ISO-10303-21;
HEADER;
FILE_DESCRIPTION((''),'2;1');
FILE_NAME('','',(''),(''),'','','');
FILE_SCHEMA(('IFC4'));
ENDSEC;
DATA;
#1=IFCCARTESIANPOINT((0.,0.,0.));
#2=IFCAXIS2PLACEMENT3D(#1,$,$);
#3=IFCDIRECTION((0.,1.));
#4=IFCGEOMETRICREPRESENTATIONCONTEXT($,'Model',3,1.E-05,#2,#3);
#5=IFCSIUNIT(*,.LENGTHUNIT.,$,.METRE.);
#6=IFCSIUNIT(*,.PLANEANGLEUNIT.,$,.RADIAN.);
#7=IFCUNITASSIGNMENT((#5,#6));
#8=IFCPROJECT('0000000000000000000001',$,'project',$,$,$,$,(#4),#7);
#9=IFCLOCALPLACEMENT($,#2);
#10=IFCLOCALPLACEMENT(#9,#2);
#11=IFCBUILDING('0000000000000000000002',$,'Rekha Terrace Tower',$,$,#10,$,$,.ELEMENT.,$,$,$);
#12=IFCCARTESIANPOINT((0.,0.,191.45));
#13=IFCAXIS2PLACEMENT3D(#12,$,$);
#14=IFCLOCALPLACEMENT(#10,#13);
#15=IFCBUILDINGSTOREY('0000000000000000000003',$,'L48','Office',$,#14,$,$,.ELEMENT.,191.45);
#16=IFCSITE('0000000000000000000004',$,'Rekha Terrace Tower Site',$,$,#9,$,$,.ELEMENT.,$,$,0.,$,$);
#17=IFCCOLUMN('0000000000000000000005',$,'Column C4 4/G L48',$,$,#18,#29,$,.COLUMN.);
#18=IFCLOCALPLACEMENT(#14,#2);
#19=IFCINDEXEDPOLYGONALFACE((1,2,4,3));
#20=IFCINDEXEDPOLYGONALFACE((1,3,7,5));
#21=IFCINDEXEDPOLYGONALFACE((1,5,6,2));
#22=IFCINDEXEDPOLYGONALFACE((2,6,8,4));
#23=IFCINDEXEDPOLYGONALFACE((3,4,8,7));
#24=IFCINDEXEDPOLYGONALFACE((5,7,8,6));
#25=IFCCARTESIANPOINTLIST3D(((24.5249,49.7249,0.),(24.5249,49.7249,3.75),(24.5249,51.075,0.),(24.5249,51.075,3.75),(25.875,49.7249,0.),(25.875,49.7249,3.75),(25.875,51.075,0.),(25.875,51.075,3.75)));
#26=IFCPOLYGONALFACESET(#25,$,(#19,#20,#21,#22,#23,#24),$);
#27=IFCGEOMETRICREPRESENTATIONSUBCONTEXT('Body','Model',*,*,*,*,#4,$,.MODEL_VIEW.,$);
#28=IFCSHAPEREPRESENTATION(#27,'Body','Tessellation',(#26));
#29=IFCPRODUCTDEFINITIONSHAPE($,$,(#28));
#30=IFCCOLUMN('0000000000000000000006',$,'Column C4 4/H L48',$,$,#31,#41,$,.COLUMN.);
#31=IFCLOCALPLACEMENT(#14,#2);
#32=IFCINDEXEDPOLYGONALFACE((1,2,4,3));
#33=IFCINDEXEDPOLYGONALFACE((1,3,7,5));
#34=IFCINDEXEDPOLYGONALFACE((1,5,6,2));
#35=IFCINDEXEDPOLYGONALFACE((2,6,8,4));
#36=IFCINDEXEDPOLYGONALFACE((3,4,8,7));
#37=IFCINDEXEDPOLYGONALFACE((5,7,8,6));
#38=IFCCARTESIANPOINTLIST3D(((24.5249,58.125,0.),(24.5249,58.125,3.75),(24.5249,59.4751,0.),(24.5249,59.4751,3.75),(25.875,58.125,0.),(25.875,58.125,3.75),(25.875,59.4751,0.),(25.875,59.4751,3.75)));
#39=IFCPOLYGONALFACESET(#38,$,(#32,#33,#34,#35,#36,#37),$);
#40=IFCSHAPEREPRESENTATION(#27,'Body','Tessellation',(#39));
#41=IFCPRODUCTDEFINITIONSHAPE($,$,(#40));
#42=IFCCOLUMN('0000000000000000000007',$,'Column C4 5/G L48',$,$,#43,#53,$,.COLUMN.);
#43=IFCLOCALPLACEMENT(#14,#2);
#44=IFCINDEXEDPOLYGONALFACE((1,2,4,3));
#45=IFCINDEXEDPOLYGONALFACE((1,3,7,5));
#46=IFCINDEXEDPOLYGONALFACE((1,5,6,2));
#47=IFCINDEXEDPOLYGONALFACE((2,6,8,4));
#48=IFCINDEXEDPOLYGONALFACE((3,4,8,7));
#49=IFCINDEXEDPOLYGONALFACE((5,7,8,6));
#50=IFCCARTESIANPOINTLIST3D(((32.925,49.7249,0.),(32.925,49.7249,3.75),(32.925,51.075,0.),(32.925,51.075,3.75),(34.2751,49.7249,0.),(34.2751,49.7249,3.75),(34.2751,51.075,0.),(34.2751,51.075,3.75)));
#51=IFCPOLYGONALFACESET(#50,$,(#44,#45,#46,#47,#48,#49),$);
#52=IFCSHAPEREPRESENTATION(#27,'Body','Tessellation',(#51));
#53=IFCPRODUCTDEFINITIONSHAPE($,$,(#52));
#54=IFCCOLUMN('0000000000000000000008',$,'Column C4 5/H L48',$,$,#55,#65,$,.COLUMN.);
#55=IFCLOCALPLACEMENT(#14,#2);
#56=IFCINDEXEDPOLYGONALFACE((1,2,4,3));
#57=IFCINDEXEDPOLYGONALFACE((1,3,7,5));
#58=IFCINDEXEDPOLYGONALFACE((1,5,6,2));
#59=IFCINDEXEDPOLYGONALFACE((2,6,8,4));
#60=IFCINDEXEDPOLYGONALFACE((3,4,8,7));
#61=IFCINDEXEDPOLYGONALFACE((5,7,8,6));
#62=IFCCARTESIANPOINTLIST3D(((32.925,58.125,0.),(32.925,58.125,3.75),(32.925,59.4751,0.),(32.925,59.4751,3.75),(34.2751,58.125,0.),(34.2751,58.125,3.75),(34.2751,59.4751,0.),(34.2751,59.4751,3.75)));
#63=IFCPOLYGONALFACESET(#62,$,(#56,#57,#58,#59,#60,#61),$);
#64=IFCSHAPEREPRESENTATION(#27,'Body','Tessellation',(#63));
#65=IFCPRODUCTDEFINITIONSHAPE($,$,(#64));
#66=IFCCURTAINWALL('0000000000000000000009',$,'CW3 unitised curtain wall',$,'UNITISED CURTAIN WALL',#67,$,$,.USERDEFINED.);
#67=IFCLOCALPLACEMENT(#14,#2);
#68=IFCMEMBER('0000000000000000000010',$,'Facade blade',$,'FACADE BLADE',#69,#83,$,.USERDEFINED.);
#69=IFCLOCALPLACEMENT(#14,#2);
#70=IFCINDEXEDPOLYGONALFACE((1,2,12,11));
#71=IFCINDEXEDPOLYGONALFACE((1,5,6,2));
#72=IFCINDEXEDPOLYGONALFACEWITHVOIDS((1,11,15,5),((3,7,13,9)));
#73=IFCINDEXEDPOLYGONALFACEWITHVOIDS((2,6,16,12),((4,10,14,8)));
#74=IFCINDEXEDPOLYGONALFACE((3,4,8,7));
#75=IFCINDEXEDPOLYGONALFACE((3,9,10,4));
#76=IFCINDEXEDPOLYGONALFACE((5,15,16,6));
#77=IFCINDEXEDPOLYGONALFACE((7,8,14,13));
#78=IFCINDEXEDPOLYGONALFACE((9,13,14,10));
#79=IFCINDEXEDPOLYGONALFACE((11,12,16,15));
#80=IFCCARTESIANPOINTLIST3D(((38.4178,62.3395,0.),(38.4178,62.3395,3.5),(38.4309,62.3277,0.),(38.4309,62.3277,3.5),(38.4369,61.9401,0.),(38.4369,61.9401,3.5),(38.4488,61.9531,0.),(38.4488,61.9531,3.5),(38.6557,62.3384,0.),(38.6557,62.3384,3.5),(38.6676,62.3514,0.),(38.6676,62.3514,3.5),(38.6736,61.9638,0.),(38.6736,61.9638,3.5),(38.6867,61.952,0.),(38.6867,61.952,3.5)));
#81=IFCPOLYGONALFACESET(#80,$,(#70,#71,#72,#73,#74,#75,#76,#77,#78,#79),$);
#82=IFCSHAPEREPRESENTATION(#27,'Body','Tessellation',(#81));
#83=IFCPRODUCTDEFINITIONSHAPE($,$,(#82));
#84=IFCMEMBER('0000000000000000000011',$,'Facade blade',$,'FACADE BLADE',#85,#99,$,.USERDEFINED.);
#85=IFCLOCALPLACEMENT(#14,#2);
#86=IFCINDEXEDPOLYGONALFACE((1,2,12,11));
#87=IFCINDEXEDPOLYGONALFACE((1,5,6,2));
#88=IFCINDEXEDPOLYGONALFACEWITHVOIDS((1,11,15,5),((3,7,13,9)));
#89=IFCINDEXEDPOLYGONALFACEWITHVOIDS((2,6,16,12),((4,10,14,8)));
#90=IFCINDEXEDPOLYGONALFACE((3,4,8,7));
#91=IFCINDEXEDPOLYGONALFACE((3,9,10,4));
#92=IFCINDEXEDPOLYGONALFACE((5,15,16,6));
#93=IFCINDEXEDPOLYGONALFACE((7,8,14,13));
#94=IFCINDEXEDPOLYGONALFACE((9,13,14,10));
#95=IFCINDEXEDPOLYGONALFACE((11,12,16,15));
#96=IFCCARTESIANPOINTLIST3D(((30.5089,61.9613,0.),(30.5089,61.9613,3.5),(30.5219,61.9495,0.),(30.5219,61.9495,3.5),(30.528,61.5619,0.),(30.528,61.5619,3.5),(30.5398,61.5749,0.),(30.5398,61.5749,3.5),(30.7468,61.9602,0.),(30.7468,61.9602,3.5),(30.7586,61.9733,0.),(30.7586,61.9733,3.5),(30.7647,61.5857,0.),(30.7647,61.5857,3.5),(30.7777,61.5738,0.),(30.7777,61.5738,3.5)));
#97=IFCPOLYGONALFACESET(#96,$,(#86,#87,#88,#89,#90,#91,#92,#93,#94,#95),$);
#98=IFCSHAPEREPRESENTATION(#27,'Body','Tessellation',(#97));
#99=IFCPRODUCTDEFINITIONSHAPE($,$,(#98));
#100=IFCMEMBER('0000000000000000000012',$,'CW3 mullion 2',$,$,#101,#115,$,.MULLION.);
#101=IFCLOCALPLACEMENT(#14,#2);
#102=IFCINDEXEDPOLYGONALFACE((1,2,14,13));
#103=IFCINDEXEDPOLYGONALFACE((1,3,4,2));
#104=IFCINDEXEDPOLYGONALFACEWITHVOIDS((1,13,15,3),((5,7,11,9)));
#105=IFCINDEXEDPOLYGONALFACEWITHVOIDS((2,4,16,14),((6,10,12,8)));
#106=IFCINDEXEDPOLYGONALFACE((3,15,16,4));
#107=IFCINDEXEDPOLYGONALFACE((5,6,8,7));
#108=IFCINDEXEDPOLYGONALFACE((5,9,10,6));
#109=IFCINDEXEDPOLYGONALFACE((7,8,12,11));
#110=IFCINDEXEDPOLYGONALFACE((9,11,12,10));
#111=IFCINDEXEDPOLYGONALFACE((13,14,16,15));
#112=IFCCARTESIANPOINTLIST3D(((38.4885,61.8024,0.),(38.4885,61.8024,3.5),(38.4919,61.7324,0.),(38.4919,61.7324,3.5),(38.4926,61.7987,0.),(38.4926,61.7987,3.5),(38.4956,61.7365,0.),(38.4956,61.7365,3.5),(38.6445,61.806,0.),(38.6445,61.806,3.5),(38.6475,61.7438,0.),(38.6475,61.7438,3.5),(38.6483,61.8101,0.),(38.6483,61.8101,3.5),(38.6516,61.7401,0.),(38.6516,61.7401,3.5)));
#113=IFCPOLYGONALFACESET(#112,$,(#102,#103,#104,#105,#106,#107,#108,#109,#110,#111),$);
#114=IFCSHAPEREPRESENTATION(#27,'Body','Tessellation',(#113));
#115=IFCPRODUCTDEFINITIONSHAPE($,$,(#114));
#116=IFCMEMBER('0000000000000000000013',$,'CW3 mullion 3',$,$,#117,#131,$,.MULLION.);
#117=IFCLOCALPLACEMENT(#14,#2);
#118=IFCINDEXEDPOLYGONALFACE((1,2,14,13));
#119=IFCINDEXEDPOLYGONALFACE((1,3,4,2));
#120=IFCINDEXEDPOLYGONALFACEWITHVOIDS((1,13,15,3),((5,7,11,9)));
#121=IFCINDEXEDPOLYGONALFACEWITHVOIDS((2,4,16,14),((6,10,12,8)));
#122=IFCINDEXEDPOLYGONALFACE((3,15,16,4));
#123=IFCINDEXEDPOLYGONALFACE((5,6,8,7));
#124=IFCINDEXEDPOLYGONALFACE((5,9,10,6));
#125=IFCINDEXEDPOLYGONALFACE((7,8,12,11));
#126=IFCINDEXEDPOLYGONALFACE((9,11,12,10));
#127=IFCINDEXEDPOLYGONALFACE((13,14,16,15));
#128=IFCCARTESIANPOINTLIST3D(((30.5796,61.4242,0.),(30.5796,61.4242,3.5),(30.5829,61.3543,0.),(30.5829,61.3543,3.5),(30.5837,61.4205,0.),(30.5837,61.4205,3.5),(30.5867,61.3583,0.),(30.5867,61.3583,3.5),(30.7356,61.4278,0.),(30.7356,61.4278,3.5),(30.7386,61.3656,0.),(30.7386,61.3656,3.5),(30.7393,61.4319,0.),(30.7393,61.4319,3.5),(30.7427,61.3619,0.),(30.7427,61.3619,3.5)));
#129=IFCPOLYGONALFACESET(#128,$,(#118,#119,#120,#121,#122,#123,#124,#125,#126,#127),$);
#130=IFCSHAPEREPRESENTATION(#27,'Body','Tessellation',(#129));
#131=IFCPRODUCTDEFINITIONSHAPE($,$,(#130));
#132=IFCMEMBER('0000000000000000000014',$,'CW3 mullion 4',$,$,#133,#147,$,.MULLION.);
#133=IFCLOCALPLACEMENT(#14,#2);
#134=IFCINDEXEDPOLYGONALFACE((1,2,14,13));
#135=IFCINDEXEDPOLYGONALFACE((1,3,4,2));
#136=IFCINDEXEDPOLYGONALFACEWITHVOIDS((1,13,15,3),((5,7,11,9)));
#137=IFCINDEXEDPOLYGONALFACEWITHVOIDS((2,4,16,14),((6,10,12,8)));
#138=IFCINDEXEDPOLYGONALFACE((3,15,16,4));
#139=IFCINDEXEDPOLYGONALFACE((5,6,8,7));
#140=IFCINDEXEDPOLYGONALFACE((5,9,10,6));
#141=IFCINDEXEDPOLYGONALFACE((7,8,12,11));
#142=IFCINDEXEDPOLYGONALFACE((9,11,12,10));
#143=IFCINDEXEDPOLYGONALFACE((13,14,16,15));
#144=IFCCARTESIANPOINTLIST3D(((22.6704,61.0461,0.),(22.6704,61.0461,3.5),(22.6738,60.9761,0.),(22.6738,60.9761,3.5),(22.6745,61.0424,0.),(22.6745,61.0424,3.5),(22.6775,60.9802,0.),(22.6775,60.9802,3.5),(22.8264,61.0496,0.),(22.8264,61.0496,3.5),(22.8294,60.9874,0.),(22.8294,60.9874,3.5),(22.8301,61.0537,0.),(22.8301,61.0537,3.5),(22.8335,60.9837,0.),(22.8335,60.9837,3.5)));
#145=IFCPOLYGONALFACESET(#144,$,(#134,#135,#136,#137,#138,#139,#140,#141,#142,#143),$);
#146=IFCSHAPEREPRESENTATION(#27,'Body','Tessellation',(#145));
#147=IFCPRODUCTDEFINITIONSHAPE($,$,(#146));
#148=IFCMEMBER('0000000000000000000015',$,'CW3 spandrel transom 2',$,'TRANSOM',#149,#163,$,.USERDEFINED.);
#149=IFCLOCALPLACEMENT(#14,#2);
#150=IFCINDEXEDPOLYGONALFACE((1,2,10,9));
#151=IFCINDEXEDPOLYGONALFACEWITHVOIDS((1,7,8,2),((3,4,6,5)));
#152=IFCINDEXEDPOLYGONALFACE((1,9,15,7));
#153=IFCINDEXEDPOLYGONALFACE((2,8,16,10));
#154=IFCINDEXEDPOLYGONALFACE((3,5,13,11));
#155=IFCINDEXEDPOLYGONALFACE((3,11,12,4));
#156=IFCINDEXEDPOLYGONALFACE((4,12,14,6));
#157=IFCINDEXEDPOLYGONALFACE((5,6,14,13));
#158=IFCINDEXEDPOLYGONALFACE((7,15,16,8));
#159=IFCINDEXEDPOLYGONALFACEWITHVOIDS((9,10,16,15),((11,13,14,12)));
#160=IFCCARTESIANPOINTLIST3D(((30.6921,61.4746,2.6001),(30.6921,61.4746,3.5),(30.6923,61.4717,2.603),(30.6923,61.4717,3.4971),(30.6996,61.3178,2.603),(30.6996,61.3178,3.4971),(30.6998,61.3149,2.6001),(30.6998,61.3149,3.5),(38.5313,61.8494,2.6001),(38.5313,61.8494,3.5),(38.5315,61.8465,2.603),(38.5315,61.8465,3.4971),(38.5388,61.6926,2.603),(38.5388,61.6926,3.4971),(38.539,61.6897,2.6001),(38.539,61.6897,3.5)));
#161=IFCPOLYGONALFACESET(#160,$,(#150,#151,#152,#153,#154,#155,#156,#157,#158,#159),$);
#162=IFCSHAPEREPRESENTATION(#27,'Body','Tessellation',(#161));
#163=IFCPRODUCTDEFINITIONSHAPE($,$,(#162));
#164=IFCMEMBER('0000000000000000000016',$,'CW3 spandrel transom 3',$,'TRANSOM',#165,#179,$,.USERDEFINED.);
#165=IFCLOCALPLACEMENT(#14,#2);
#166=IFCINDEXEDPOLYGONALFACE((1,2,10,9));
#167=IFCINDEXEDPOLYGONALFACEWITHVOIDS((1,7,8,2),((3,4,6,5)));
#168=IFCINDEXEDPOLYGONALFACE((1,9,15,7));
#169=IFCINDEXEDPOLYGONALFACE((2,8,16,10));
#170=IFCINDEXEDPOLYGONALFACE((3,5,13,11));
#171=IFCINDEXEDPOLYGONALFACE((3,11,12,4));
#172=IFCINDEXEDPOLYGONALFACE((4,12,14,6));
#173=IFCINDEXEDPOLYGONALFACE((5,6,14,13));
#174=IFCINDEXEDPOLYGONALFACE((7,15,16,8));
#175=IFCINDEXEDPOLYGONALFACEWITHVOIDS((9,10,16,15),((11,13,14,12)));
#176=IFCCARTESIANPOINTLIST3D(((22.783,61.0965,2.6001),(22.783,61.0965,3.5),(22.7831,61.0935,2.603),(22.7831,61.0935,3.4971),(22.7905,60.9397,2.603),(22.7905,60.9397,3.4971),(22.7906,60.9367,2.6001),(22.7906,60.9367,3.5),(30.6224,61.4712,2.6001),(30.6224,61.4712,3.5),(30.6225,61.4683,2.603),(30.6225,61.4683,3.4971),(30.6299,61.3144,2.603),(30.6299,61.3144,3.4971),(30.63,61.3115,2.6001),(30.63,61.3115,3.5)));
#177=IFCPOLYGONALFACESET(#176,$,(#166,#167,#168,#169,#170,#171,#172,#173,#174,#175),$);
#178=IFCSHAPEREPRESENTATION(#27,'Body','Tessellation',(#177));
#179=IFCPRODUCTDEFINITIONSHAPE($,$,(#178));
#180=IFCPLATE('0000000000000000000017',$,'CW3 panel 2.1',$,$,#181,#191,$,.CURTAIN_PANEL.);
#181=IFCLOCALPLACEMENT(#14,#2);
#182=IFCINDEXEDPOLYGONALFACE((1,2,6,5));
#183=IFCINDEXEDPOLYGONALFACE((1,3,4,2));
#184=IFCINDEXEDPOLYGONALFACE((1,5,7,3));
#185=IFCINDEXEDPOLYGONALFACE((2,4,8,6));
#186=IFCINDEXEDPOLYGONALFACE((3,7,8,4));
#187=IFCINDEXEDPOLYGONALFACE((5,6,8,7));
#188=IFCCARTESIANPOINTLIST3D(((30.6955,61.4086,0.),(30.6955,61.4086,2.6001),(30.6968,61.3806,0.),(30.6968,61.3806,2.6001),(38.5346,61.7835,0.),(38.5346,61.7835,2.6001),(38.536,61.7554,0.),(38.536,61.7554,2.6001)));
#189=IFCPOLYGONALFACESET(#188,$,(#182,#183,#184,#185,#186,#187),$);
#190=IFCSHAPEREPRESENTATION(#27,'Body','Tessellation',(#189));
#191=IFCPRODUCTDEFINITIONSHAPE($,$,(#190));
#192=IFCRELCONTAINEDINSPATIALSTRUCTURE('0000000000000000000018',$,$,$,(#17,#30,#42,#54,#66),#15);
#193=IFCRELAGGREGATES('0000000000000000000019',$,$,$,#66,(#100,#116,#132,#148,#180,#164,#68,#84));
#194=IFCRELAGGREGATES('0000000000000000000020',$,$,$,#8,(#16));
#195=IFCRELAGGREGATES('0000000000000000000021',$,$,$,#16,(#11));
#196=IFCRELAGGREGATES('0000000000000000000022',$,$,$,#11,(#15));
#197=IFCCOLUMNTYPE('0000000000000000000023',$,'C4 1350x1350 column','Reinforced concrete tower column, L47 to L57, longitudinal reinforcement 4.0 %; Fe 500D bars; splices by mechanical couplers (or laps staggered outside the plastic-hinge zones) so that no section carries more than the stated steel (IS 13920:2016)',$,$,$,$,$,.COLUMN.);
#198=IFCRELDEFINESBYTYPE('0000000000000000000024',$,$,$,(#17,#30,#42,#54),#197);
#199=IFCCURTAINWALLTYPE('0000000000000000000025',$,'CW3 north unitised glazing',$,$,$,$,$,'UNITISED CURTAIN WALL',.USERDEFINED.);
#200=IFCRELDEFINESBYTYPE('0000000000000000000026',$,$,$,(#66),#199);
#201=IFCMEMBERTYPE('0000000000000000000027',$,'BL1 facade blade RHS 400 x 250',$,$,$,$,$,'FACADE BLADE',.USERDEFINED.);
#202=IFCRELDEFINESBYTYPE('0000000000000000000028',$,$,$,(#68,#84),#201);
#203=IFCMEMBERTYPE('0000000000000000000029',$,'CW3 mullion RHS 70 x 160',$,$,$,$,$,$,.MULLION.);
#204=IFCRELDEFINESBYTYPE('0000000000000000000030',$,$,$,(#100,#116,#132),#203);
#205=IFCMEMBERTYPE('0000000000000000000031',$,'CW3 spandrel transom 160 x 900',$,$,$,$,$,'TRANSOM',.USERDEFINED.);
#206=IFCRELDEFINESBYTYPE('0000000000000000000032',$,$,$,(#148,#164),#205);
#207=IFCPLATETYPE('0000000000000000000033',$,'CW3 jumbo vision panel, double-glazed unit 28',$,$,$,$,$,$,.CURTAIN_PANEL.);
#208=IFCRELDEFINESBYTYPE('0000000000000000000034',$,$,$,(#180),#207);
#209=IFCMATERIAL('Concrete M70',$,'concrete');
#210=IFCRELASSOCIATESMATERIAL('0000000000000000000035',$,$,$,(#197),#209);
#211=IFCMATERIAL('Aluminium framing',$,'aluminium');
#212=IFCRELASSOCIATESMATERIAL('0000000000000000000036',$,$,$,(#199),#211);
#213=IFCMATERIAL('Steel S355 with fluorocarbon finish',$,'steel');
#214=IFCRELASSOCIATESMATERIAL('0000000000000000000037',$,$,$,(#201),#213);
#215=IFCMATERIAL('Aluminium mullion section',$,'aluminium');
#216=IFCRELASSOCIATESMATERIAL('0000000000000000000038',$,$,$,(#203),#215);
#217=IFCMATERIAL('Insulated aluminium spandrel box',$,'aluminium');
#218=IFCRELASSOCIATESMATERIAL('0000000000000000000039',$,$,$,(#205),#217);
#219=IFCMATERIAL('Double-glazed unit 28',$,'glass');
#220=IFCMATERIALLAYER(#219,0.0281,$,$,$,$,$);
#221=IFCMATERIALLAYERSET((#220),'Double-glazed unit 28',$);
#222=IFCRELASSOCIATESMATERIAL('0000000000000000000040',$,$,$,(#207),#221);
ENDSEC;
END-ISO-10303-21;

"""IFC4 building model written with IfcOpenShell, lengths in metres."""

from ifc_helpers import new_model, si_unit, direction, frame, origin, origin_2d, place, context, subcontext, project, spatial, rectangle, hollow_rectangle, extrude, material, layer, layer_set, material_profile, profile_set, type_object, element, aggregate, save


model = new_model("IFC4")

# Units and contexts
model_context = context("Model", 3, precision=1e-05, world=origin(), true_north=direction((0.0, 1.0)))
body_context = subcontext(model_context, "Body", "Model", "MODEL_VIEW")
ifc_project = project(units=[si_unit("LENGTHUNIT", "METRE"), si_unit("PLANEANGLEUNIT", "RADIAN")], contexts=[model_context])

# Site, building, storey
site_placement = place(None, origin())
site = spatial("IfcSite", under=ifc_project, at=site_placement, Name="Rekha Terrace Tower Site", CompositionType="ELEMENT", RefElevation=0.0)
building_placement = place(site_placement, origin())
building = spatial("IfcBuilding", under=site, at=building_placement, Name="Rekha Terrace Tower", CompositionType="ELEMENT")
storey_placement = place(building_placement, frame((0.0, 0.0, 191.45)))
storey = spatial("IfcBuildingStorey", under=building, at=storey_placement, Name="L48", Description="Office", CompositionType="ELEMENT", Elevation=191.45)

# Columns
ifc_material_1 = material(Name="Concrete M70", Category="concrete")
ifc_material_profile_1 = material_profile(ifc_material_1, rectangle(XDim=1.3501, YDim=1.3501, at=origin_2d()), Name="RC 1350x1350")
ifc_profile_set_1 = profile_set([ifc_material_profile_1], Name="Concrete M70")
column_type = type_object("IfcColumnType", Name="C4 1350x1350 column", Description="Reinforced concrete tower column, L47 to L57, longitudinal reinforcement 4.0 %; Fe 500D bars; splices by mechanical couplers (or laps staggered outside the plastic-hinge zones) so that no section carries more than the stated steel (IS 13920:2016)", PredefinedType="COLUMN", material=ifc_profile_set_1)
for number, where, z_axis, x_axis, name in (
    (1, (25.2, 50.3999, 0.0), (0.0, 0.0, 1.0), (1.0, 0.0, 0.0), "Column C4 4/G L48"),
    (2, (25.2, 58.8, 0.0), (0.0, 0.0, 1.0), (1.0, 0.0, 0.0), "Column C4 4/H L48"),
    (3, (33.6001, 50.3999, 0.0), (0.0, 0.0, 1.0), (1.0, 0.0, 0.0), "Column C4 5/G L48"),
    (4, (33.6001, 58.8, 0.0), (0.0, 0.0, 1.0), (1.0, 0.0, 0.0), "Column C4 5/H L48"),
):
    element("IfcColumn", number, at=place(storey_placement, frame(where, z_axis=z_axis, x_axis=x_axis)), inside=storey, type_object=column_type, Name=name, PredefinedType="COLUMN", context=body_context, shape_type="SweptSolid", body=[
        extrude(rectangle(XDim=1.3501, YDim=1.3501, at=origin_2d()), origin(), (0.0, 0.0, 1.0), 3.75),
    ])

# Curtain wall, members, plate
ifc_material_2 = material(Name="Aluminium framing", Category="aluminium")
curtain_wall_type = type_object("IfcCurtainWallType", Name="CW3 north unitised glazing", ElementType="UNITISED CURTAIN WALL", PredefinedType="USERDEFINED", material=ifc_material_2)
curtain_wall_placement = place(storey_placement, origin())
curtain_wall = element("IfcCurtainWall", 5, at=curtain_wall_placement, inside=storey, type_object=curtain_wall_type, Name="CW3 unitised curtain wall", ObjectType="UNITISED CURTAIN WALL", PredefinedType="USERDEFINED")
ifc_material_3 = material(Name="Steel S355 with fluorocarbon finish", Category="steel")
ifc_material_profile_2 = material_profile(ifc_material_3, hollow_rectangle(XDim=0.25, YDim=0.3999, WallThickness=0.0125, at=origin_2d()), Name="RHS400x250x12.5")
ifc_profile_set_2 = profile_set([ifc_material_profile_2], Name="Steel S355 with fluorocarbon finish")
member_type_1 = type_object("IfcMemberType", Name="BL1 facade blade RHS 400 x 250", ElementType="FACADE BLADE", PredefinedType="USERDEFINED", material=ifc_profile_set_2)
member_1_placement = place(storey_placement, frame((38.5522, 62.1458, 0.0), z_axis=(0.0, 0.0, 1.0), x_axis=(-0.998859, -0.047758, 0.0)))
member_1 = element("IfcMember", 6, at=member_1_placement, type_object=member_type_1, Name="Facade blade", ObjectType="FACADE BLADE", PredefinedType="USERDEFINED", context=body_context, shape_type="SweptSolid", body=[
    extrude(hollow_rectangle(XDim=0.25, YDim=0.3999, WallThickness=0.0125, at=origin_2d()), origin(), (0.0, 0.0, 1.0), 3.5),
])
member_2_placement = place(storey_placement, frame((30.6433, 61.7676, 0.0), z_axis=(0.0, 0.0, 1.0), x_axis=(-0.998859, -0.047758, 0.0)))
member_2 = element("IfcMember", 7, at=member_2_placement, type_object=member_type_1, Name="Facade blade", ObjectType="FACADE BLADE", PredefinedType="USERDEFINED", context=body_context, shape_type="SweptSolid", body=[
    extrude(hollow_rectangle(XDim=0.25, YDim=0.3999, WallThickness=0.0125, at=origin_2d()), origin(), (0.0, 0.0, 1.0), 3.5),
])
ifc_material_4 = material(Name="Aluminium mullion section", Category="aluminium")
ifc_material_profile_3 = material_profile(ifc_material_4, hollow_rectangle(XDim=0.0701, YDim=0.1599, WallThickness=0.0039, at=origin_2d()), Name="AL RHS 70x160")
ifc_profile_set_3 = profile_set([ifc_material_profile_3], Name="Aluminium mullion section")
member_type_2 = type_object("IfcMemberType", Name="CW3 mullion RHS 70 x 160", PredefinedType="MULLION", material=ifc_profile_set_3)
member_3_placement = place(storey_placement, frame((38.5701, 61.7712, 0.0), z_axis=(0.0, 0.0, 1.0), x_axis=(0.047759, -0.998859, 0.0)))
member_3 = element("IfcMember", 8, at=member_3_placement, type_object=member_type_2, Name="CW3 mullion 2", PredefinedType="MULLION", context=body_context, shape_type="SweptSolid", body=[
    extrude(hollow_rectangle(XDim=0.0701, YDim=0.1599, WallThickness=0.0039, at=origin_2d()), origin(), (0.0, 0.0, 1.0), 3.5),
])
member_4_placement = place(storey_placement, frame((30.6611, 61.3931, 0.0), z_axis=(0.0, 0.0, 1.0), x_axis=(0.047759, -0.998859, 0.0)))
member_4 = element("IfcMember", 9, at=member_4_placement, type_object=member_type_2, Name="CW3 mullion 3", PredefinedType="MULLION", context=body_context, shape_type="SweptSolid", body=[
    extrude(hollow_rectangle(XDim=0.0701, YDim=0.1599, WallThickness=0.0039, at=origin_2d()), origin(), (0.0, 0.0, 1.0), 3.5),
])
member_5_placement = place(storey_placement, frame((22.752, 61.0149, 0.0), z_axis=(0.0, 0.0, 1.0), x_axis=(0.047759, -0.998859, 0.0)))
member_5 = element("IfcMember", 10, at=member_5_placement, type_object=member_type_2, Name="CW3 mullion 4", PredefinedType="MULLION", context=body_context, shape_type="SweptSolid", body=[
    extrude(hollow_rectangle(XDim=0.0701, YDim=0.1599, WallThickness=0.0039, at=origin_2d()), origin(), (0.0, 0.0, 1.0), 3.5),
])
ifc_material_5 = material(Name="Insulated aluminium spandrel box", Category="aluminium")
ifc_material_profile_4 = material_profile(ifc_material_5, hollow_rectangle(XDim=0.1599, YDim=0.8999, WallThickness=0.0029, at=origin_2d()), Name="AL SPANDREL BOX 160x900")
ifc_profile_set_4 = profile_set([ifc_material_profile_4], Name="Insulated aluminium spandrel box")
member_type_3 = type_object("IfcMemberType", Name="CW3 spandrel transom 160 x 900", ElementType="TRANSOM", PredefinedType="USERDEFINED", material=ifc_profile_set_4)
member_6_placement = place(storey_placement, frame((38.5352, 61.7695, 3.05), z_axis=(-0.998859, -0.047751, 0.0), x_axis=(0.047751, -0.998859, 0.0)))
member_6 = element("IfcMember", 11, at=member_6_placement, type_object=member_type_3, Name="CW3 spandrel transom 2", ObjectType="TRANSOM", PredefinedType="USERDEFINED", context=body_context, shape_type="SweptSolid", body=[
    extrude(hollow_rectangle(XDim=0.1599, YDim=0.8999, WallThickness=0.0029, at=origin_2d()), origin(), (0.0, 0.0, 1.0), 7.8481),
])
member_7_placement = place(storey_placement, frame((30.6262, 61.3914, 3.05), z_axis=(-0.998859, -0.04775, 0.0), x_axis=(0.04775, -0.998859, 0.0)))
member_7 = element("IfcMember", 12, at=member_7_placement, type_object=member_type_3, Name="CW3 spandrel transom 3", ObjectType="TRANSOM", PredefinedType="USERDEFINED", context=body_context, shape_type="SweptSolid", body=[
    extrude(hollow_rectangle(XDim=0.1599, YDim=0.8999, WallThickness=0.0029, at=origin_2d()), origin(), (0.0, 0.0, 1.0), 7.8484),
])
ifc_material_6 = material(Name="Double-glazed unit 28", Category="glass")
ifc_layer_1 = layer(ifc_material_6, 0.0281)
ifc_layer_set_1 = layer_set([ifc_layer_1], Name="Double-glazed unit 28")
plate_type = type_object("IfcPlateType", Name="CW3 jumbo vision panel, double-glazed unit 28", PredefinedType="CURTAIN_PANEL", material=ifc_layer_set_1)
plate_1_placement = place(storey_placement, frame((34.6157, 61.582, 0.0), z_axis=(0.0, 0.0, 1.0), x_axis=(-0.998859, -0.047759, 0.0)))
plate_1 = element("IfcPlate", 13, at=plate_1_placement, type_object=plate_type, Name="CW3 panel 2.1", PredefinedType="CURTAIN_PANEL", context=body_context, shape_type="SweptSolid", body=[
    extrude(rectangle(XDim=7.8481, YDim=0.0281, at=origin_2d()), origin(), (0.0, 0.0, 1.0), 2.6001),
])
aggregate(curtain_wall, [member_3, member_4, member_5, member_6, plate_1, member_7, member_1, member_2])

save(model, "model.ifc")
